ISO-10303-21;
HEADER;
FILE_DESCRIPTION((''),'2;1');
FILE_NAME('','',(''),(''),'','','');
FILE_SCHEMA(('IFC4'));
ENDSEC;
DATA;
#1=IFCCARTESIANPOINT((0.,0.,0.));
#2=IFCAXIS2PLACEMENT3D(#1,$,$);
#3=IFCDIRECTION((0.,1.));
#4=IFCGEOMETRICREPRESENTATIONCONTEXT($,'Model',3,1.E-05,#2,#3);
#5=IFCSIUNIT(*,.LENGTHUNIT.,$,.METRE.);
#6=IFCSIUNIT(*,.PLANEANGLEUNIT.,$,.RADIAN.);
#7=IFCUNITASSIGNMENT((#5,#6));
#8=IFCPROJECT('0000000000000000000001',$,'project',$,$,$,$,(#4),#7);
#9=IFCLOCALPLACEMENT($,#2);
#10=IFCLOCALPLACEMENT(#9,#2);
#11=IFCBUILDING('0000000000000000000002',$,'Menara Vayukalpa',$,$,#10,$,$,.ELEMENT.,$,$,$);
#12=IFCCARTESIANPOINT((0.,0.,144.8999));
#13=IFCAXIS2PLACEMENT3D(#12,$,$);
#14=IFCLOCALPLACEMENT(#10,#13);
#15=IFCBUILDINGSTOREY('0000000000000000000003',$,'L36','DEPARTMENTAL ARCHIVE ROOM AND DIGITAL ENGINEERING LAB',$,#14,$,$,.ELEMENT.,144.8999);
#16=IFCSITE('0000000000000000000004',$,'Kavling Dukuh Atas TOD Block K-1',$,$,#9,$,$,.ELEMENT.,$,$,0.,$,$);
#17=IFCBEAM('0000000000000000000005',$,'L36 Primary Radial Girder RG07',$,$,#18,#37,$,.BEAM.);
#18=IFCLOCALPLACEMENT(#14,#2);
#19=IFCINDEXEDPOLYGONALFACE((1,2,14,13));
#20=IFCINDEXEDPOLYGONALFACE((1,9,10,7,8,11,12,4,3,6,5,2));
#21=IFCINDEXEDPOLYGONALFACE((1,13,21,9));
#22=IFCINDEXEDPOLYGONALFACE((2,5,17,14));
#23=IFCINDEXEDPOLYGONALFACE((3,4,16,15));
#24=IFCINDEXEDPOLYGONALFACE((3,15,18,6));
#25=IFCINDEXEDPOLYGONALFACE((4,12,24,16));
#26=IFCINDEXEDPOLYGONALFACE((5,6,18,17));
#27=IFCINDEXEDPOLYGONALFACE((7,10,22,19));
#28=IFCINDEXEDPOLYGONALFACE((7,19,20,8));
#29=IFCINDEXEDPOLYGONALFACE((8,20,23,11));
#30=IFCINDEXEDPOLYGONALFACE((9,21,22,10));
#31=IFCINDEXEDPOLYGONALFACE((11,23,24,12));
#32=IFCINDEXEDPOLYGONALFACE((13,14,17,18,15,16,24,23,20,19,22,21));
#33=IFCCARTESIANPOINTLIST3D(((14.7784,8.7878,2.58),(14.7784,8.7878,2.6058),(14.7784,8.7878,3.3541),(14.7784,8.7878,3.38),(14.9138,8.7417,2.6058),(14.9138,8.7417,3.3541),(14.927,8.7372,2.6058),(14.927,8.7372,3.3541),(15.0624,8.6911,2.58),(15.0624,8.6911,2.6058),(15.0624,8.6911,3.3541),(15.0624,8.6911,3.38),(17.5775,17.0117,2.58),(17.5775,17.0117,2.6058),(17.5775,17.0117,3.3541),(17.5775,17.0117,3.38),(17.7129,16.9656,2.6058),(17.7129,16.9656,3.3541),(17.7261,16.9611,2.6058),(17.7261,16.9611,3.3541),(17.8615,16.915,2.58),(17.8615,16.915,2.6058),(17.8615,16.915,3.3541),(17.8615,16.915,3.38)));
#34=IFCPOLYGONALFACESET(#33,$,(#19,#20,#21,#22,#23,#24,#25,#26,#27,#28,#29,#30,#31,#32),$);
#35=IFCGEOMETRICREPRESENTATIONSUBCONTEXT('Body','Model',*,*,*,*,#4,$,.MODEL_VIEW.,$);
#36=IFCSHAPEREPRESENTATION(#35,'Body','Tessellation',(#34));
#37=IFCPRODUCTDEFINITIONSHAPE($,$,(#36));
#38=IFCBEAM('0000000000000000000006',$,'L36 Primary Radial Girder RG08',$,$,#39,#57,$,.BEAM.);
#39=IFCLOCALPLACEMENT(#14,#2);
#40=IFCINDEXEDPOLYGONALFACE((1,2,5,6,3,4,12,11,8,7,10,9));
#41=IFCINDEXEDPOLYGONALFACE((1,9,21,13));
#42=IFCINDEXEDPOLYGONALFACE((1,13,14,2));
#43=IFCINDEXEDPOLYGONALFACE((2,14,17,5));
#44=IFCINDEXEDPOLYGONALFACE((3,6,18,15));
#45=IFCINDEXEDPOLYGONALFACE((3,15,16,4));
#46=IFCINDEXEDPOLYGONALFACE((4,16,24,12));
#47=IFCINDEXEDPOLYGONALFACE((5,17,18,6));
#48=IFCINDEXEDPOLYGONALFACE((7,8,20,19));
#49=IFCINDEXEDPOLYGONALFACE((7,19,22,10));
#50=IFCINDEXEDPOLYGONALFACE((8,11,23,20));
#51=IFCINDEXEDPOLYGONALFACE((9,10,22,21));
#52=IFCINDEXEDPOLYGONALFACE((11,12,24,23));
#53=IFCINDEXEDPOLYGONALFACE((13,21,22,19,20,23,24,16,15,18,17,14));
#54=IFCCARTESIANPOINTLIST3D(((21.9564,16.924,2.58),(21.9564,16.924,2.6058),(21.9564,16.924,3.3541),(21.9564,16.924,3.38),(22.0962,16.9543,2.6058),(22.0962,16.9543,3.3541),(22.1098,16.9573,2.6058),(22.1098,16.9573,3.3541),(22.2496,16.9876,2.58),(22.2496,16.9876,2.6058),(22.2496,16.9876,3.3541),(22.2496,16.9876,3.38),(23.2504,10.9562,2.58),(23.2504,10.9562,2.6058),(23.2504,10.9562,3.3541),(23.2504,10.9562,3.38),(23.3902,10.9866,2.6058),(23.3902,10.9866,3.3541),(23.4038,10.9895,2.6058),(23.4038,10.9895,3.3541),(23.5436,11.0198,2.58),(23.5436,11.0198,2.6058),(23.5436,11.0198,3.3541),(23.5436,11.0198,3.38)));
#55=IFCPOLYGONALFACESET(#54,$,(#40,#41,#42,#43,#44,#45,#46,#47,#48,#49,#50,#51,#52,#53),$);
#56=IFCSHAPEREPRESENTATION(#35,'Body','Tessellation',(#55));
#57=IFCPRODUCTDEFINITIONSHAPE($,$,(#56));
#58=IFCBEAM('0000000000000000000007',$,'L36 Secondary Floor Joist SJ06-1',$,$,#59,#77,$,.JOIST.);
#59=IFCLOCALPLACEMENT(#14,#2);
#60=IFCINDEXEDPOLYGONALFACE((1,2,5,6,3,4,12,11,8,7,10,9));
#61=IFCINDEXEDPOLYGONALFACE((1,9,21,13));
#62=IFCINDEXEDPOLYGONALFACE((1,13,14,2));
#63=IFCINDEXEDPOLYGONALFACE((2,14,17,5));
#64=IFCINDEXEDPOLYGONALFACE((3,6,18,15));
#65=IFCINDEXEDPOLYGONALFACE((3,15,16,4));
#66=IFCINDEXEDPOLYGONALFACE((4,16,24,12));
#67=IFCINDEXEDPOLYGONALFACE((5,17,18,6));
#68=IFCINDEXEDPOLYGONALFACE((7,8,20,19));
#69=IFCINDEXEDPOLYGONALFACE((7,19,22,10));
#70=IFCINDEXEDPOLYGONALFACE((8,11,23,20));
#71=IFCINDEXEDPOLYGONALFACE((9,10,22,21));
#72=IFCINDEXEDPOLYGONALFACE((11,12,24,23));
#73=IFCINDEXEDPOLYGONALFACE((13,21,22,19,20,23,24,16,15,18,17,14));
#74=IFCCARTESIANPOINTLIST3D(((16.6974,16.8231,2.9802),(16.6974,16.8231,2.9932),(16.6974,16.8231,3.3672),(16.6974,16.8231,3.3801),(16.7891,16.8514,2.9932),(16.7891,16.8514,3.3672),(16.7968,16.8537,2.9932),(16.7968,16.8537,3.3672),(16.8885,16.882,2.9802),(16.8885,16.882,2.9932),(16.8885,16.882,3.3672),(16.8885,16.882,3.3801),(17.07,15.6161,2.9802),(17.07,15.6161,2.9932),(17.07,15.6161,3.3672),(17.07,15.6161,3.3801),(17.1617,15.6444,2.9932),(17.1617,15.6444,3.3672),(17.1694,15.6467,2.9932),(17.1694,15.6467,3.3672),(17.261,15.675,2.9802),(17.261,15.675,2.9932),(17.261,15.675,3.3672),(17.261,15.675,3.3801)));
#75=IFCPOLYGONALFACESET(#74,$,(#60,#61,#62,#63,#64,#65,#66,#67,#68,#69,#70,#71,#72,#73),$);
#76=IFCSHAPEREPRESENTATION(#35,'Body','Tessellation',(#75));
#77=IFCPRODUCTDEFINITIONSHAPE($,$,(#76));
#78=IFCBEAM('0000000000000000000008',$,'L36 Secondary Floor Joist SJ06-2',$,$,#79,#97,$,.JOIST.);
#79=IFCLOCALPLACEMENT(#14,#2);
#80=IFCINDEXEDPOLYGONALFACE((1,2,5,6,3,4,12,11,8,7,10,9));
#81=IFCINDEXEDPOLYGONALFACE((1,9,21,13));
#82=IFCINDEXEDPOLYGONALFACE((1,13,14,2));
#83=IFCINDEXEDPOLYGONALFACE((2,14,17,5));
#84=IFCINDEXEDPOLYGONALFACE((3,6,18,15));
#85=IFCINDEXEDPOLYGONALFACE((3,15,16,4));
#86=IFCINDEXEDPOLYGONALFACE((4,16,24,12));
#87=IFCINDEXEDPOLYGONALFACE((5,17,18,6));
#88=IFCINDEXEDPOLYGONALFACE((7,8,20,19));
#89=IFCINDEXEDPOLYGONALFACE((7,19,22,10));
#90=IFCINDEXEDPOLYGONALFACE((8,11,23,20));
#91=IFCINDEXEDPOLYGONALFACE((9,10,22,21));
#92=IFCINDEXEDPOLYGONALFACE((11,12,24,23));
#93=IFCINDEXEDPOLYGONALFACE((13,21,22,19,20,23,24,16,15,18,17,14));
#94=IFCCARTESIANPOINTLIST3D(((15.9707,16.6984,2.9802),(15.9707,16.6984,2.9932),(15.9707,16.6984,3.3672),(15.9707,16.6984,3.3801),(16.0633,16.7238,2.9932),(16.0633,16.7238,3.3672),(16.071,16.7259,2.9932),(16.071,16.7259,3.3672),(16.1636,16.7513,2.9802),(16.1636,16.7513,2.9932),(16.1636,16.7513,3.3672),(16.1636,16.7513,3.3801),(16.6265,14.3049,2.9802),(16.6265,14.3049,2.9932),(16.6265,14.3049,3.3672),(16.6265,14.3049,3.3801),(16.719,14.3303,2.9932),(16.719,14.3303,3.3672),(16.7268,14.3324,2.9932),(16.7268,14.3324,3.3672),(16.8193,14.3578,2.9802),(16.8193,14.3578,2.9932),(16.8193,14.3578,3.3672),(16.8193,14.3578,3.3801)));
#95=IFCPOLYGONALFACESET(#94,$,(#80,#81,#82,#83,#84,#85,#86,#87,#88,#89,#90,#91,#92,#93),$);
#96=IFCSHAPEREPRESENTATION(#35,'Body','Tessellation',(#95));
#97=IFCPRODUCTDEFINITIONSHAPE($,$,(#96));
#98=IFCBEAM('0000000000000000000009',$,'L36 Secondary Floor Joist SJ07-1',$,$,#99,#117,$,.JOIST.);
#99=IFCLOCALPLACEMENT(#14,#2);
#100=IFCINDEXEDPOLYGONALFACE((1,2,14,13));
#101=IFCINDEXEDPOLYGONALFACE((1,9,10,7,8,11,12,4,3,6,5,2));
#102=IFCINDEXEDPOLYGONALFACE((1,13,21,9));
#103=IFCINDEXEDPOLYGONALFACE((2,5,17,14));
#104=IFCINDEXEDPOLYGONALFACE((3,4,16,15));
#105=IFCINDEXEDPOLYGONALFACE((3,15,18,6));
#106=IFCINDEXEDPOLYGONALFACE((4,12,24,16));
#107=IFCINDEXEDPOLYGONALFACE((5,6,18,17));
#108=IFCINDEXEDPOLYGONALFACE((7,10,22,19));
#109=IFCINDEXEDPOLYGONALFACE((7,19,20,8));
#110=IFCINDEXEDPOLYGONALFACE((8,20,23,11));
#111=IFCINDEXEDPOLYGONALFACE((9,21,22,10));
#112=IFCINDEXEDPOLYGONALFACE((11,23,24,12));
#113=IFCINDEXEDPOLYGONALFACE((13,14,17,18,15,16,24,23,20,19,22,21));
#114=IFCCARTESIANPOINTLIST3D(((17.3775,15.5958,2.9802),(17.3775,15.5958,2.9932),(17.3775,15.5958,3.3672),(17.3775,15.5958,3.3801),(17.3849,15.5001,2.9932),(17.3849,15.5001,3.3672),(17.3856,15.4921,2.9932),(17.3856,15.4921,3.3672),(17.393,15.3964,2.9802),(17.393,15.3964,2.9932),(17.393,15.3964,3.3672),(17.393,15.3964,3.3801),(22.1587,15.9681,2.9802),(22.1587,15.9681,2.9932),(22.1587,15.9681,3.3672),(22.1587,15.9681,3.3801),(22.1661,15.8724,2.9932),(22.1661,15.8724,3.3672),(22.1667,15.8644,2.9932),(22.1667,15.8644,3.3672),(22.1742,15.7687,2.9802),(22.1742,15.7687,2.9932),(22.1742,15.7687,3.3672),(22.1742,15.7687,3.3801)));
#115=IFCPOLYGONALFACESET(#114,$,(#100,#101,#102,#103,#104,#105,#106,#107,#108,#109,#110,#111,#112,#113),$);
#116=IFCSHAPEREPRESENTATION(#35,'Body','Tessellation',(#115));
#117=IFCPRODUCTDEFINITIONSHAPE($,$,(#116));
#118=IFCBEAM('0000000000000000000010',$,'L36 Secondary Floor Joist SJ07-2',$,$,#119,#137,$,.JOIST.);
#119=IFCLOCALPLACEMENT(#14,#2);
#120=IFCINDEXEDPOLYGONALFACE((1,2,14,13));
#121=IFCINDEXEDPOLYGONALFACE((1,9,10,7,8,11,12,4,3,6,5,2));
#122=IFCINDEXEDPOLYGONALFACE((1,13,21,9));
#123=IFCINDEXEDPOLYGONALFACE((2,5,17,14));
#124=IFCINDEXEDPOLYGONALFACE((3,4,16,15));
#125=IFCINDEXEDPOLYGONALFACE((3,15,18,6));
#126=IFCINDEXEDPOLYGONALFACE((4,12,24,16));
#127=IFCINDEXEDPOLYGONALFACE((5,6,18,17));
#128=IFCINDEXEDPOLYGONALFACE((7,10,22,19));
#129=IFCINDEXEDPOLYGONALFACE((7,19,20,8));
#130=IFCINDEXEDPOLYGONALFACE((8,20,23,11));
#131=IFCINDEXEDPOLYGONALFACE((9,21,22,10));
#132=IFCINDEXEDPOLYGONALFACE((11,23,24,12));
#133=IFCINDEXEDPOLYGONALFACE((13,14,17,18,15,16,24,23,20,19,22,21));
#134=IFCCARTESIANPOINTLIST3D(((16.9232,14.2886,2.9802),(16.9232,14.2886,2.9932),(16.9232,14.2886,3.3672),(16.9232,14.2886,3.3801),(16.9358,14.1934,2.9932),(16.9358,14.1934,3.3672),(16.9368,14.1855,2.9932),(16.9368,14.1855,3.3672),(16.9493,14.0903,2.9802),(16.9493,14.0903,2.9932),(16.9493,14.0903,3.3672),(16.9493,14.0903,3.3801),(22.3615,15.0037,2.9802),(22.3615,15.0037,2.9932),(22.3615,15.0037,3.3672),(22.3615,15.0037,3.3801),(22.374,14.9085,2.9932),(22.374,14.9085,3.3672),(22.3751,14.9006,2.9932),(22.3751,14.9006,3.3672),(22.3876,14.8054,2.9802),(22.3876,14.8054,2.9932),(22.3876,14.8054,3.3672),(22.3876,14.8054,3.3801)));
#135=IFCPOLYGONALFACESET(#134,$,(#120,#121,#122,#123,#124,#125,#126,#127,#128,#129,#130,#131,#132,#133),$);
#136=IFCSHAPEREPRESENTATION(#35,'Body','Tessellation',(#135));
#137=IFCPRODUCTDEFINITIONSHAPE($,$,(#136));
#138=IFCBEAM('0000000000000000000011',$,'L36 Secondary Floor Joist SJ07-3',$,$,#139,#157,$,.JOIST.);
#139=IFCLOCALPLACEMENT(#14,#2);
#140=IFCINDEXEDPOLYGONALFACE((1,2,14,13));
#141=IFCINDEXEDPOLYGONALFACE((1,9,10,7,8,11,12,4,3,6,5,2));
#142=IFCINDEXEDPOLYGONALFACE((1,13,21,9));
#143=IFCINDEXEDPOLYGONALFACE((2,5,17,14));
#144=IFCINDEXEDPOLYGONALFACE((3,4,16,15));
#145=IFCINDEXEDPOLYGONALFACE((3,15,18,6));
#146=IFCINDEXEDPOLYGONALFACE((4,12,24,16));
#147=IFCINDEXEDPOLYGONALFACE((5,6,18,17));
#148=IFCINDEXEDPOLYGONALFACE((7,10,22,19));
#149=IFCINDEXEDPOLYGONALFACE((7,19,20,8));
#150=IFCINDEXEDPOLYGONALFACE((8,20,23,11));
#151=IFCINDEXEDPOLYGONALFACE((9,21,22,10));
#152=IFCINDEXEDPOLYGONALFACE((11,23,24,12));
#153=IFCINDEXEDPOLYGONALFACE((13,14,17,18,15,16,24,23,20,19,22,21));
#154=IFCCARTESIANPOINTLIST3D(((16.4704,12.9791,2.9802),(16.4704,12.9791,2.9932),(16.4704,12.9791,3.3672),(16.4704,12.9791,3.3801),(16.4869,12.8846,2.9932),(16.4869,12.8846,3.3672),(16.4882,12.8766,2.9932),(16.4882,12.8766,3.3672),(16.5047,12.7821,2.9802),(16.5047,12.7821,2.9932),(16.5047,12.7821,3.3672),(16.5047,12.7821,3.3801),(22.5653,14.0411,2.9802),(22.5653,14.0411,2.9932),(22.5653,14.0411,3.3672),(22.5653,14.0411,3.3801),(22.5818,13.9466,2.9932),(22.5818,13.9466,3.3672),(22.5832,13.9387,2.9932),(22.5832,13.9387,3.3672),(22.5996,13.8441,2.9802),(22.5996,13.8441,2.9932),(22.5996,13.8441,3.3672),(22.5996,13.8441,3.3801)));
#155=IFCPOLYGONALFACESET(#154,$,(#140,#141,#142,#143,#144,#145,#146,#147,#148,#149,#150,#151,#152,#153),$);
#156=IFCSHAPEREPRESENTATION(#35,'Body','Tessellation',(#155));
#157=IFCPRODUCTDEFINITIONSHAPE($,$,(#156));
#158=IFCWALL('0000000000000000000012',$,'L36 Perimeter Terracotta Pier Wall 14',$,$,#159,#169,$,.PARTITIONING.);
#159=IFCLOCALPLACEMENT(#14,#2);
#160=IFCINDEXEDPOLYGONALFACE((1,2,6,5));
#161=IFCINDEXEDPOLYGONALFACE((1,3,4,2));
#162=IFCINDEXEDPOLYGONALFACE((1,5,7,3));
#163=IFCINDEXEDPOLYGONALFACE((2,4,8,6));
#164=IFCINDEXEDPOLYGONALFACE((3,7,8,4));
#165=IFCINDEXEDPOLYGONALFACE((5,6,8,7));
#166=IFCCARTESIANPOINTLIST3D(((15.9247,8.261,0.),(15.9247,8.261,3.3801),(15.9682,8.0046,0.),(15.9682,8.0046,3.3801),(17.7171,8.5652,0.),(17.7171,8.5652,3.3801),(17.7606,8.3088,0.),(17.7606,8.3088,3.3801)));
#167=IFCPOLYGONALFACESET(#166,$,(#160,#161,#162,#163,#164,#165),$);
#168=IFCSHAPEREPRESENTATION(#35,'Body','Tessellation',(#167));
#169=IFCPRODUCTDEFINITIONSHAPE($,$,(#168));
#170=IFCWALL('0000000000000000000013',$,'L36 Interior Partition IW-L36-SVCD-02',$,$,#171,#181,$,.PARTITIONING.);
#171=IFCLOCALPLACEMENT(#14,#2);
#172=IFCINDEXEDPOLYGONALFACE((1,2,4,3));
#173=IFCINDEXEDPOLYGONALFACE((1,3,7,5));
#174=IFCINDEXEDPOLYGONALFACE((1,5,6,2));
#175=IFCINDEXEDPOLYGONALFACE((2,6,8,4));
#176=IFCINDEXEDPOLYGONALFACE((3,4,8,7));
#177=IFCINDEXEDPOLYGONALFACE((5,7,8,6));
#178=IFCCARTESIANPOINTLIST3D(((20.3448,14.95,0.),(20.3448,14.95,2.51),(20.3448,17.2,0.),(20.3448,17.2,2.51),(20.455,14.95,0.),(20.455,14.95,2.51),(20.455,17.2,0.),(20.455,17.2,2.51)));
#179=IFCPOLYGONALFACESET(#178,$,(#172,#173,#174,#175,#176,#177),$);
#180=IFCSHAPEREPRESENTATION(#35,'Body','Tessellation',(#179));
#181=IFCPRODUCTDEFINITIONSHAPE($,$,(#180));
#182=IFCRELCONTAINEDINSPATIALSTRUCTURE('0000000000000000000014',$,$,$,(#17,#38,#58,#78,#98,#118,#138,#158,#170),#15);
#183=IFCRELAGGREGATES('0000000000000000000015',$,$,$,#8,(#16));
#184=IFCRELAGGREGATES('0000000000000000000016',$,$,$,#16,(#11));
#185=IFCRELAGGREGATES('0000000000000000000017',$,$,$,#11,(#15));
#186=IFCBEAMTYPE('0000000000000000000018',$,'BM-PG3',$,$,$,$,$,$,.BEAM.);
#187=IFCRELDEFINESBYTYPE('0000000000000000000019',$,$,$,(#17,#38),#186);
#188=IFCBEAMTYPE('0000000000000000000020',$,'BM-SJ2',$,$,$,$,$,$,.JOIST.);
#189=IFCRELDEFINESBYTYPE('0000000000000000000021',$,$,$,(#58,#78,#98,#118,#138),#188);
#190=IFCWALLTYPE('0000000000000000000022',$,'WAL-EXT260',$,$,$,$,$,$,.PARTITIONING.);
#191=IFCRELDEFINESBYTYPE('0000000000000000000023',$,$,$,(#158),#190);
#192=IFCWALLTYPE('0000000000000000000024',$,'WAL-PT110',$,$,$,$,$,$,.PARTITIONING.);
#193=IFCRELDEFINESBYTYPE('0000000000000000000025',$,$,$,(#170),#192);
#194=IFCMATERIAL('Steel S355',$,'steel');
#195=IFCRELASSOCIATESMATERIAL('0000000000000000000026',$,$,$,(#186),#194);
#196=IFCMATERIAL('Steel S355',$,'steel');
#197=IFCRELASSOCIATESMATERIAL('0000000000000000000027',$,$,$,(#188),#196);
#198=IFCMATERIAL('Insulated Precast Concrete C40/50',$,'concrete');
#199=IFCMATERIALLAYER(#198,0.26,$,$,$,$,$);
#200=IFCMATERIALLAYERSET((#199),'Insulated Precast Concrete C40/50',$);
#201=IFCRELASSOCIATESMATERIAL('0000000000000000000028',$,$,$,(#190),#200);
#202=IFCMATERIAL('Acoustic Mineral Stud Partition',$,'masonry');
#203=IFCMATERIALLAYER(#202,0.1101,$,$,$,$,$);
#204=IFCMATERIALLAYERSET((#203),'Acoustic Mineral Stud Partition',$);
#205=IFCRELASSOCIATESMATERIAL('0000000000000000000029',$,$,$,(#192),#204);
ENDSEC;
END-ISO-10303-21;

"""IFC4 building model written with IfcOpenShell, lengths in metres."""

from ifc_helpers import new_model, si_unit, direction, frame, frame_2d, origin, origin_2d, place, context, subcontext, project, spatial, rectangle, i_section, extrude, material, layer, layer_set, material_profile, profile_set, type_object, element, save


model = new_model("IFC4")

# Units and contexts
model_context = context("Model", 3, precision=1e-05, world=origin(), true_north=direction((0.0, 1.0)))
body_context = subcontext(model_context, "Body", "Model", "MODEL_VIEW")
ifc_project = project(units=[si_unit("LENGTHUNIT", "METRE"), si_unit("PLANEANGLEUNIT", "RADIAN")], contexts=[model_context])

# Site, building, storey
site_placement = place(None, origin())
site = spatial("IfcSite", under=ifc_project, at=site_placement, Name="Kavling Dukuh Atas TOD Block K-1", CompositionType="ELEMENT", RefElevation=0.0)
building_placement = place(site_placement, origin())
building = spatial("IfcBuilding", under=site, at=building_placement, Name="Menara Vayukalpa", CompositionType="ELEMENT")
storey_placement = place(building_placement, frame((0.0, 0.0, 144.8999)))
storey = spatial("IfcBuildingStorey", under=building, at=storey_placement, Name="L36", Description="DEPARTMENTAL ARCHIVE ROOM AND DIGITAL ENGINEERING LAB", CompositionType="ELEMENT", Elevation=144.8999)

# Beams
ifc_material_1 = material(Name="Steel S355", Category="steel")
ifc_material_profile_1 = material_profile(ifc_material_1, i_section(OverallWidth=0.3, OverallDepth=0.8, WebThickness=0.0139, FlangeThickness=0.0259, at=origin_2d()), Name="WF 800x300x14x26")
ifc_profile_set_1 = profile_set([ifc_material_profile_1], Name="Steel S355")
beam_type_1 = type_object("IfcBeamType", Name="BM-PG3", PredefinedType="BEAM", material=ifc_profile_set_1)
beam_1_placement = place(storey_placement, frame((17.7195, 16.9634, 2.98), z_axis=(-0.322208, -0.946669, 0.0), x_axis=(0.946669, -0.322208, 0.0)))
element("IfcBeam", 1, at=beam_1_placement, inside=storey, type_object=beam_type_1, Name="L36 Primary Radial Girder RG07", PredefinedType="BEAM", context=body_context, shape_type="SweptSolid", body=[
    extrude(i_section(OverallWidth=0.3, OverallDepth=0.8, WebThickness=0.0139, FlangeThickness=0.0259, at=origin_2d()), origin(), (0.0, 0.0, 1.0), 8.6873),
])
beam_2_placement = place(storey_placement, frame((22.103, 16.9558, 2.98), z_axis=(0.211898, -0.977292, 0.0), x_axis=(0.977292, 0.211898, 0.0)))
element("IfcBeam", 2, at=beam_2_placement, inside=storey, type_object=beam_type_1, Name="L36 Primary Radial Girder RG08", PredefinedType="BEAM", context=body_context, shape_type="SweptSolid", body=[
    extrude(i_section(OverallWidth=0.3, OverallDepth=0.8, WebThickness=0.0139, FlangeThickness=0.0259, at=origin_2d()), origin(), (0.0, 0.0, 1.0), 6.1064),
])
ifc_material_2 = material(Name="Steel S355", Category="steel")
ifc_material_profile_2 = material_profile(ifc_material_2, i_section(OverallWidth=0.2, OverallDepth=0.3999, WebThickness=0.0081, FlangeThickness=0.0129, at=origin_2d()), Name="WF 400x200x8x13")
ifc_profile_set_2 = profile_set([ifc_material_profile_2], Name="Steel S355")
beam_type_2 = type_object("IfcBeamType", Name="BM-SJ2", PredefinedType="JOIST", material=ifc_profile_set_2)
beam_3_placement = place(storey_placement, frame((16.793, 16.8525, 3.1802), z_axis=(0.294928, -0.95552, 0.0), x_axis=(0.95552, 0.294928, 0.0)))
element("IfcBeam", 3, at=beam_3_placement, inside=storey, type_object=beam_type_2, Name="L36 Secondary Floor Joist SJ06-1", PredefinedType="JOIST", context=body_context, shape_type="SweptSolid", body=[
    extrude(i_section(OverallWidth=0.2, OverallDepth=0.3999, WebThickness=0.0081, FlangeThickness=0.0129, at=origin_2d()), origin(), (0.0, 0.0, 1.0), 1.2632),
])
beam_4_placement = place(storey_placement, frame((16.0671, 16.7249, 3.1802), z_axis=(0.264233, -0.964459, 0.0), x_axis=(0.964459, 0.264233, 0.0)))
element("IfcBeam", 4, at=beam_4_placement, inside=storey, type_object=beam_type_2, Name="L36 Secondary Floor Joist SJ06-2", PredefinedType="JOIST", context=body_context, shape_type="SweptSolid", body=[
    extrude(i_section(OverallWidth=0.2, OverallDepth=0.3999, WebThickness=0.0081, FlangeThickness=0.0129, at=origin_2d()), origin(), (0.0, 0.0, 1.0), 2.4817),
])
beam_5_placement = place(storey_placement, frame((17.3853, 15.4961, 3.1802), z_axis=(0.996982, 0.077635, 0.0), x_axis=(-0.077635, 0.996982, 0.0)))
element("IfcBeam", 5, at=beam_5_placement, inside=storey, type_object=beam_type_2, Name="L36 Secondary Floor Joist SJ07-1", PredefinedType="JOIST", context=body_context, shape_type="SweptSolid", body=[
    extrude(i_section(OverallWidth=0.2, OverallDepth=0.3999, WebThickness=0.0081, FlangeThickness=0.0129, at=origin_2d()), origin(), (0.0, 0.0, 1.0), 4.7957),
])
beam_6_placement = place(storey_placement, frame((16.9363, 14.1895, 3.1802), z_axis=(0.991465, 0.13037, 0.0), x_axis=(-0.13037, 0.991465, 0.0)))
element("IfcBeam", 6, at=beam_6_placement, inside=storey, type_object=beam_type_2, Name="L36 Secondary Floor Joist SJ07-2", PredefinedType="JOIST", context=body_context, shape_type="SweptSolid", body=[
    extrude(i_section(OverallWidth=0.2, OverallDepth=0.3999, WebThickness=0.0081, FlangeThickness=0.0129, at=origin_2d()), origin(), (0.0, 0.0, 1.0), 5.4851),
])
beam_7_placement = place(storey_placement, frame((16.4875, 12.8806, 3.1802), z_axis=(0.985157, 0.171658, 0.0), x_axis=(-0.171658, 0.985157, 0.0)))
element("IfcBeam", 7, at=beam_7_placement, inside=storey, type_object=beam_type_2, Name="L36 Secondary Floor Joist SJ07-3", PredefinedType="JOIST", context=body_context, shape_type="SweptSolid", body=[
    extrude(i_section(OverallWidth=0.2, OverallDepth=0.3999, WebThickness=0.0081, FlangeThickness=0.0129, at=origin_2d()), origin(), (0.0, 0.0, 1.0), 6.1868),
])

# Walls
ifc_material_3 = material(Name="Insulated Precast Concrete C40/50", Category="concrete")
ifc_layer_1 = layer(ifc_material_3, 0.26)
ifc_layer_set_1 = layer_set([ifc_layer_1], Name="Insulated Precast Concrete C40/50")
wall_type_1 = type_object("IfcWallType", Name="WAL-EXT260", PredefinedType="PARTITIONING", material=ifc_layer_set_1)
wall_1_placement = place(storey_placement, frame((17.739, 8.437, 0.0), z_axis=(0.0, 0.0, 1.0), x_axis=(-0.985903, -0.167316, 0.0)))
element("IfcWall", 8, at=wall_1_placement, inside=storey, type_object=wall_type_1, Name="L36 Perimeter Terracotta Pier Wall 14", PredefinedType="PARTITIONING", context=body_context, shape_type="SweptSolid", body=[
    extrude(rectangle(XDim=1.8181, YDim=0.26, at=frame_2d((0.9092, 0.0))), origin(), (0.0, 0.0, 1.0), 3.3801),
])
ifc_material_4 = material(Name="Acoustic Mineral Stud Partition", Category="masonry")
ifc_layer_2 = layer(ifc_material_4, 0.1101)
ifc_layer_set_2 = layer_set([ifc_layer_2], Name="Acoustic Mineral Stud Partition")
wall_type_2 = type_object("IfcWallType", Name="WAL-PT110", PredefinedType="PARTITIONING", material=ifc_layer_set_2)
wall_2_placement = place(storey_placement, frame((20.3999, 14.95, 0.0), z_axis=(0.0, 0.0, 1.0), x_axis=(0.0, 1.0, 0.0)))
element("IfcWall", 9, at=wall_2_placement, inside=storey, type_object=wall_type_2, Name="L36 Interior Partition IW-L36-SVCD-02", PredefinedType="PARTITIONING", context=body_context, shape_type="SweptSolid", body=[
    extrude(rectangle(XDim=2.25, YDim=0.1101, at=frame_2d((1.125, 0.0))), origin(), (0.0, 0.0, 1.0), 2.51),
])

save(model, "model.ifc")
